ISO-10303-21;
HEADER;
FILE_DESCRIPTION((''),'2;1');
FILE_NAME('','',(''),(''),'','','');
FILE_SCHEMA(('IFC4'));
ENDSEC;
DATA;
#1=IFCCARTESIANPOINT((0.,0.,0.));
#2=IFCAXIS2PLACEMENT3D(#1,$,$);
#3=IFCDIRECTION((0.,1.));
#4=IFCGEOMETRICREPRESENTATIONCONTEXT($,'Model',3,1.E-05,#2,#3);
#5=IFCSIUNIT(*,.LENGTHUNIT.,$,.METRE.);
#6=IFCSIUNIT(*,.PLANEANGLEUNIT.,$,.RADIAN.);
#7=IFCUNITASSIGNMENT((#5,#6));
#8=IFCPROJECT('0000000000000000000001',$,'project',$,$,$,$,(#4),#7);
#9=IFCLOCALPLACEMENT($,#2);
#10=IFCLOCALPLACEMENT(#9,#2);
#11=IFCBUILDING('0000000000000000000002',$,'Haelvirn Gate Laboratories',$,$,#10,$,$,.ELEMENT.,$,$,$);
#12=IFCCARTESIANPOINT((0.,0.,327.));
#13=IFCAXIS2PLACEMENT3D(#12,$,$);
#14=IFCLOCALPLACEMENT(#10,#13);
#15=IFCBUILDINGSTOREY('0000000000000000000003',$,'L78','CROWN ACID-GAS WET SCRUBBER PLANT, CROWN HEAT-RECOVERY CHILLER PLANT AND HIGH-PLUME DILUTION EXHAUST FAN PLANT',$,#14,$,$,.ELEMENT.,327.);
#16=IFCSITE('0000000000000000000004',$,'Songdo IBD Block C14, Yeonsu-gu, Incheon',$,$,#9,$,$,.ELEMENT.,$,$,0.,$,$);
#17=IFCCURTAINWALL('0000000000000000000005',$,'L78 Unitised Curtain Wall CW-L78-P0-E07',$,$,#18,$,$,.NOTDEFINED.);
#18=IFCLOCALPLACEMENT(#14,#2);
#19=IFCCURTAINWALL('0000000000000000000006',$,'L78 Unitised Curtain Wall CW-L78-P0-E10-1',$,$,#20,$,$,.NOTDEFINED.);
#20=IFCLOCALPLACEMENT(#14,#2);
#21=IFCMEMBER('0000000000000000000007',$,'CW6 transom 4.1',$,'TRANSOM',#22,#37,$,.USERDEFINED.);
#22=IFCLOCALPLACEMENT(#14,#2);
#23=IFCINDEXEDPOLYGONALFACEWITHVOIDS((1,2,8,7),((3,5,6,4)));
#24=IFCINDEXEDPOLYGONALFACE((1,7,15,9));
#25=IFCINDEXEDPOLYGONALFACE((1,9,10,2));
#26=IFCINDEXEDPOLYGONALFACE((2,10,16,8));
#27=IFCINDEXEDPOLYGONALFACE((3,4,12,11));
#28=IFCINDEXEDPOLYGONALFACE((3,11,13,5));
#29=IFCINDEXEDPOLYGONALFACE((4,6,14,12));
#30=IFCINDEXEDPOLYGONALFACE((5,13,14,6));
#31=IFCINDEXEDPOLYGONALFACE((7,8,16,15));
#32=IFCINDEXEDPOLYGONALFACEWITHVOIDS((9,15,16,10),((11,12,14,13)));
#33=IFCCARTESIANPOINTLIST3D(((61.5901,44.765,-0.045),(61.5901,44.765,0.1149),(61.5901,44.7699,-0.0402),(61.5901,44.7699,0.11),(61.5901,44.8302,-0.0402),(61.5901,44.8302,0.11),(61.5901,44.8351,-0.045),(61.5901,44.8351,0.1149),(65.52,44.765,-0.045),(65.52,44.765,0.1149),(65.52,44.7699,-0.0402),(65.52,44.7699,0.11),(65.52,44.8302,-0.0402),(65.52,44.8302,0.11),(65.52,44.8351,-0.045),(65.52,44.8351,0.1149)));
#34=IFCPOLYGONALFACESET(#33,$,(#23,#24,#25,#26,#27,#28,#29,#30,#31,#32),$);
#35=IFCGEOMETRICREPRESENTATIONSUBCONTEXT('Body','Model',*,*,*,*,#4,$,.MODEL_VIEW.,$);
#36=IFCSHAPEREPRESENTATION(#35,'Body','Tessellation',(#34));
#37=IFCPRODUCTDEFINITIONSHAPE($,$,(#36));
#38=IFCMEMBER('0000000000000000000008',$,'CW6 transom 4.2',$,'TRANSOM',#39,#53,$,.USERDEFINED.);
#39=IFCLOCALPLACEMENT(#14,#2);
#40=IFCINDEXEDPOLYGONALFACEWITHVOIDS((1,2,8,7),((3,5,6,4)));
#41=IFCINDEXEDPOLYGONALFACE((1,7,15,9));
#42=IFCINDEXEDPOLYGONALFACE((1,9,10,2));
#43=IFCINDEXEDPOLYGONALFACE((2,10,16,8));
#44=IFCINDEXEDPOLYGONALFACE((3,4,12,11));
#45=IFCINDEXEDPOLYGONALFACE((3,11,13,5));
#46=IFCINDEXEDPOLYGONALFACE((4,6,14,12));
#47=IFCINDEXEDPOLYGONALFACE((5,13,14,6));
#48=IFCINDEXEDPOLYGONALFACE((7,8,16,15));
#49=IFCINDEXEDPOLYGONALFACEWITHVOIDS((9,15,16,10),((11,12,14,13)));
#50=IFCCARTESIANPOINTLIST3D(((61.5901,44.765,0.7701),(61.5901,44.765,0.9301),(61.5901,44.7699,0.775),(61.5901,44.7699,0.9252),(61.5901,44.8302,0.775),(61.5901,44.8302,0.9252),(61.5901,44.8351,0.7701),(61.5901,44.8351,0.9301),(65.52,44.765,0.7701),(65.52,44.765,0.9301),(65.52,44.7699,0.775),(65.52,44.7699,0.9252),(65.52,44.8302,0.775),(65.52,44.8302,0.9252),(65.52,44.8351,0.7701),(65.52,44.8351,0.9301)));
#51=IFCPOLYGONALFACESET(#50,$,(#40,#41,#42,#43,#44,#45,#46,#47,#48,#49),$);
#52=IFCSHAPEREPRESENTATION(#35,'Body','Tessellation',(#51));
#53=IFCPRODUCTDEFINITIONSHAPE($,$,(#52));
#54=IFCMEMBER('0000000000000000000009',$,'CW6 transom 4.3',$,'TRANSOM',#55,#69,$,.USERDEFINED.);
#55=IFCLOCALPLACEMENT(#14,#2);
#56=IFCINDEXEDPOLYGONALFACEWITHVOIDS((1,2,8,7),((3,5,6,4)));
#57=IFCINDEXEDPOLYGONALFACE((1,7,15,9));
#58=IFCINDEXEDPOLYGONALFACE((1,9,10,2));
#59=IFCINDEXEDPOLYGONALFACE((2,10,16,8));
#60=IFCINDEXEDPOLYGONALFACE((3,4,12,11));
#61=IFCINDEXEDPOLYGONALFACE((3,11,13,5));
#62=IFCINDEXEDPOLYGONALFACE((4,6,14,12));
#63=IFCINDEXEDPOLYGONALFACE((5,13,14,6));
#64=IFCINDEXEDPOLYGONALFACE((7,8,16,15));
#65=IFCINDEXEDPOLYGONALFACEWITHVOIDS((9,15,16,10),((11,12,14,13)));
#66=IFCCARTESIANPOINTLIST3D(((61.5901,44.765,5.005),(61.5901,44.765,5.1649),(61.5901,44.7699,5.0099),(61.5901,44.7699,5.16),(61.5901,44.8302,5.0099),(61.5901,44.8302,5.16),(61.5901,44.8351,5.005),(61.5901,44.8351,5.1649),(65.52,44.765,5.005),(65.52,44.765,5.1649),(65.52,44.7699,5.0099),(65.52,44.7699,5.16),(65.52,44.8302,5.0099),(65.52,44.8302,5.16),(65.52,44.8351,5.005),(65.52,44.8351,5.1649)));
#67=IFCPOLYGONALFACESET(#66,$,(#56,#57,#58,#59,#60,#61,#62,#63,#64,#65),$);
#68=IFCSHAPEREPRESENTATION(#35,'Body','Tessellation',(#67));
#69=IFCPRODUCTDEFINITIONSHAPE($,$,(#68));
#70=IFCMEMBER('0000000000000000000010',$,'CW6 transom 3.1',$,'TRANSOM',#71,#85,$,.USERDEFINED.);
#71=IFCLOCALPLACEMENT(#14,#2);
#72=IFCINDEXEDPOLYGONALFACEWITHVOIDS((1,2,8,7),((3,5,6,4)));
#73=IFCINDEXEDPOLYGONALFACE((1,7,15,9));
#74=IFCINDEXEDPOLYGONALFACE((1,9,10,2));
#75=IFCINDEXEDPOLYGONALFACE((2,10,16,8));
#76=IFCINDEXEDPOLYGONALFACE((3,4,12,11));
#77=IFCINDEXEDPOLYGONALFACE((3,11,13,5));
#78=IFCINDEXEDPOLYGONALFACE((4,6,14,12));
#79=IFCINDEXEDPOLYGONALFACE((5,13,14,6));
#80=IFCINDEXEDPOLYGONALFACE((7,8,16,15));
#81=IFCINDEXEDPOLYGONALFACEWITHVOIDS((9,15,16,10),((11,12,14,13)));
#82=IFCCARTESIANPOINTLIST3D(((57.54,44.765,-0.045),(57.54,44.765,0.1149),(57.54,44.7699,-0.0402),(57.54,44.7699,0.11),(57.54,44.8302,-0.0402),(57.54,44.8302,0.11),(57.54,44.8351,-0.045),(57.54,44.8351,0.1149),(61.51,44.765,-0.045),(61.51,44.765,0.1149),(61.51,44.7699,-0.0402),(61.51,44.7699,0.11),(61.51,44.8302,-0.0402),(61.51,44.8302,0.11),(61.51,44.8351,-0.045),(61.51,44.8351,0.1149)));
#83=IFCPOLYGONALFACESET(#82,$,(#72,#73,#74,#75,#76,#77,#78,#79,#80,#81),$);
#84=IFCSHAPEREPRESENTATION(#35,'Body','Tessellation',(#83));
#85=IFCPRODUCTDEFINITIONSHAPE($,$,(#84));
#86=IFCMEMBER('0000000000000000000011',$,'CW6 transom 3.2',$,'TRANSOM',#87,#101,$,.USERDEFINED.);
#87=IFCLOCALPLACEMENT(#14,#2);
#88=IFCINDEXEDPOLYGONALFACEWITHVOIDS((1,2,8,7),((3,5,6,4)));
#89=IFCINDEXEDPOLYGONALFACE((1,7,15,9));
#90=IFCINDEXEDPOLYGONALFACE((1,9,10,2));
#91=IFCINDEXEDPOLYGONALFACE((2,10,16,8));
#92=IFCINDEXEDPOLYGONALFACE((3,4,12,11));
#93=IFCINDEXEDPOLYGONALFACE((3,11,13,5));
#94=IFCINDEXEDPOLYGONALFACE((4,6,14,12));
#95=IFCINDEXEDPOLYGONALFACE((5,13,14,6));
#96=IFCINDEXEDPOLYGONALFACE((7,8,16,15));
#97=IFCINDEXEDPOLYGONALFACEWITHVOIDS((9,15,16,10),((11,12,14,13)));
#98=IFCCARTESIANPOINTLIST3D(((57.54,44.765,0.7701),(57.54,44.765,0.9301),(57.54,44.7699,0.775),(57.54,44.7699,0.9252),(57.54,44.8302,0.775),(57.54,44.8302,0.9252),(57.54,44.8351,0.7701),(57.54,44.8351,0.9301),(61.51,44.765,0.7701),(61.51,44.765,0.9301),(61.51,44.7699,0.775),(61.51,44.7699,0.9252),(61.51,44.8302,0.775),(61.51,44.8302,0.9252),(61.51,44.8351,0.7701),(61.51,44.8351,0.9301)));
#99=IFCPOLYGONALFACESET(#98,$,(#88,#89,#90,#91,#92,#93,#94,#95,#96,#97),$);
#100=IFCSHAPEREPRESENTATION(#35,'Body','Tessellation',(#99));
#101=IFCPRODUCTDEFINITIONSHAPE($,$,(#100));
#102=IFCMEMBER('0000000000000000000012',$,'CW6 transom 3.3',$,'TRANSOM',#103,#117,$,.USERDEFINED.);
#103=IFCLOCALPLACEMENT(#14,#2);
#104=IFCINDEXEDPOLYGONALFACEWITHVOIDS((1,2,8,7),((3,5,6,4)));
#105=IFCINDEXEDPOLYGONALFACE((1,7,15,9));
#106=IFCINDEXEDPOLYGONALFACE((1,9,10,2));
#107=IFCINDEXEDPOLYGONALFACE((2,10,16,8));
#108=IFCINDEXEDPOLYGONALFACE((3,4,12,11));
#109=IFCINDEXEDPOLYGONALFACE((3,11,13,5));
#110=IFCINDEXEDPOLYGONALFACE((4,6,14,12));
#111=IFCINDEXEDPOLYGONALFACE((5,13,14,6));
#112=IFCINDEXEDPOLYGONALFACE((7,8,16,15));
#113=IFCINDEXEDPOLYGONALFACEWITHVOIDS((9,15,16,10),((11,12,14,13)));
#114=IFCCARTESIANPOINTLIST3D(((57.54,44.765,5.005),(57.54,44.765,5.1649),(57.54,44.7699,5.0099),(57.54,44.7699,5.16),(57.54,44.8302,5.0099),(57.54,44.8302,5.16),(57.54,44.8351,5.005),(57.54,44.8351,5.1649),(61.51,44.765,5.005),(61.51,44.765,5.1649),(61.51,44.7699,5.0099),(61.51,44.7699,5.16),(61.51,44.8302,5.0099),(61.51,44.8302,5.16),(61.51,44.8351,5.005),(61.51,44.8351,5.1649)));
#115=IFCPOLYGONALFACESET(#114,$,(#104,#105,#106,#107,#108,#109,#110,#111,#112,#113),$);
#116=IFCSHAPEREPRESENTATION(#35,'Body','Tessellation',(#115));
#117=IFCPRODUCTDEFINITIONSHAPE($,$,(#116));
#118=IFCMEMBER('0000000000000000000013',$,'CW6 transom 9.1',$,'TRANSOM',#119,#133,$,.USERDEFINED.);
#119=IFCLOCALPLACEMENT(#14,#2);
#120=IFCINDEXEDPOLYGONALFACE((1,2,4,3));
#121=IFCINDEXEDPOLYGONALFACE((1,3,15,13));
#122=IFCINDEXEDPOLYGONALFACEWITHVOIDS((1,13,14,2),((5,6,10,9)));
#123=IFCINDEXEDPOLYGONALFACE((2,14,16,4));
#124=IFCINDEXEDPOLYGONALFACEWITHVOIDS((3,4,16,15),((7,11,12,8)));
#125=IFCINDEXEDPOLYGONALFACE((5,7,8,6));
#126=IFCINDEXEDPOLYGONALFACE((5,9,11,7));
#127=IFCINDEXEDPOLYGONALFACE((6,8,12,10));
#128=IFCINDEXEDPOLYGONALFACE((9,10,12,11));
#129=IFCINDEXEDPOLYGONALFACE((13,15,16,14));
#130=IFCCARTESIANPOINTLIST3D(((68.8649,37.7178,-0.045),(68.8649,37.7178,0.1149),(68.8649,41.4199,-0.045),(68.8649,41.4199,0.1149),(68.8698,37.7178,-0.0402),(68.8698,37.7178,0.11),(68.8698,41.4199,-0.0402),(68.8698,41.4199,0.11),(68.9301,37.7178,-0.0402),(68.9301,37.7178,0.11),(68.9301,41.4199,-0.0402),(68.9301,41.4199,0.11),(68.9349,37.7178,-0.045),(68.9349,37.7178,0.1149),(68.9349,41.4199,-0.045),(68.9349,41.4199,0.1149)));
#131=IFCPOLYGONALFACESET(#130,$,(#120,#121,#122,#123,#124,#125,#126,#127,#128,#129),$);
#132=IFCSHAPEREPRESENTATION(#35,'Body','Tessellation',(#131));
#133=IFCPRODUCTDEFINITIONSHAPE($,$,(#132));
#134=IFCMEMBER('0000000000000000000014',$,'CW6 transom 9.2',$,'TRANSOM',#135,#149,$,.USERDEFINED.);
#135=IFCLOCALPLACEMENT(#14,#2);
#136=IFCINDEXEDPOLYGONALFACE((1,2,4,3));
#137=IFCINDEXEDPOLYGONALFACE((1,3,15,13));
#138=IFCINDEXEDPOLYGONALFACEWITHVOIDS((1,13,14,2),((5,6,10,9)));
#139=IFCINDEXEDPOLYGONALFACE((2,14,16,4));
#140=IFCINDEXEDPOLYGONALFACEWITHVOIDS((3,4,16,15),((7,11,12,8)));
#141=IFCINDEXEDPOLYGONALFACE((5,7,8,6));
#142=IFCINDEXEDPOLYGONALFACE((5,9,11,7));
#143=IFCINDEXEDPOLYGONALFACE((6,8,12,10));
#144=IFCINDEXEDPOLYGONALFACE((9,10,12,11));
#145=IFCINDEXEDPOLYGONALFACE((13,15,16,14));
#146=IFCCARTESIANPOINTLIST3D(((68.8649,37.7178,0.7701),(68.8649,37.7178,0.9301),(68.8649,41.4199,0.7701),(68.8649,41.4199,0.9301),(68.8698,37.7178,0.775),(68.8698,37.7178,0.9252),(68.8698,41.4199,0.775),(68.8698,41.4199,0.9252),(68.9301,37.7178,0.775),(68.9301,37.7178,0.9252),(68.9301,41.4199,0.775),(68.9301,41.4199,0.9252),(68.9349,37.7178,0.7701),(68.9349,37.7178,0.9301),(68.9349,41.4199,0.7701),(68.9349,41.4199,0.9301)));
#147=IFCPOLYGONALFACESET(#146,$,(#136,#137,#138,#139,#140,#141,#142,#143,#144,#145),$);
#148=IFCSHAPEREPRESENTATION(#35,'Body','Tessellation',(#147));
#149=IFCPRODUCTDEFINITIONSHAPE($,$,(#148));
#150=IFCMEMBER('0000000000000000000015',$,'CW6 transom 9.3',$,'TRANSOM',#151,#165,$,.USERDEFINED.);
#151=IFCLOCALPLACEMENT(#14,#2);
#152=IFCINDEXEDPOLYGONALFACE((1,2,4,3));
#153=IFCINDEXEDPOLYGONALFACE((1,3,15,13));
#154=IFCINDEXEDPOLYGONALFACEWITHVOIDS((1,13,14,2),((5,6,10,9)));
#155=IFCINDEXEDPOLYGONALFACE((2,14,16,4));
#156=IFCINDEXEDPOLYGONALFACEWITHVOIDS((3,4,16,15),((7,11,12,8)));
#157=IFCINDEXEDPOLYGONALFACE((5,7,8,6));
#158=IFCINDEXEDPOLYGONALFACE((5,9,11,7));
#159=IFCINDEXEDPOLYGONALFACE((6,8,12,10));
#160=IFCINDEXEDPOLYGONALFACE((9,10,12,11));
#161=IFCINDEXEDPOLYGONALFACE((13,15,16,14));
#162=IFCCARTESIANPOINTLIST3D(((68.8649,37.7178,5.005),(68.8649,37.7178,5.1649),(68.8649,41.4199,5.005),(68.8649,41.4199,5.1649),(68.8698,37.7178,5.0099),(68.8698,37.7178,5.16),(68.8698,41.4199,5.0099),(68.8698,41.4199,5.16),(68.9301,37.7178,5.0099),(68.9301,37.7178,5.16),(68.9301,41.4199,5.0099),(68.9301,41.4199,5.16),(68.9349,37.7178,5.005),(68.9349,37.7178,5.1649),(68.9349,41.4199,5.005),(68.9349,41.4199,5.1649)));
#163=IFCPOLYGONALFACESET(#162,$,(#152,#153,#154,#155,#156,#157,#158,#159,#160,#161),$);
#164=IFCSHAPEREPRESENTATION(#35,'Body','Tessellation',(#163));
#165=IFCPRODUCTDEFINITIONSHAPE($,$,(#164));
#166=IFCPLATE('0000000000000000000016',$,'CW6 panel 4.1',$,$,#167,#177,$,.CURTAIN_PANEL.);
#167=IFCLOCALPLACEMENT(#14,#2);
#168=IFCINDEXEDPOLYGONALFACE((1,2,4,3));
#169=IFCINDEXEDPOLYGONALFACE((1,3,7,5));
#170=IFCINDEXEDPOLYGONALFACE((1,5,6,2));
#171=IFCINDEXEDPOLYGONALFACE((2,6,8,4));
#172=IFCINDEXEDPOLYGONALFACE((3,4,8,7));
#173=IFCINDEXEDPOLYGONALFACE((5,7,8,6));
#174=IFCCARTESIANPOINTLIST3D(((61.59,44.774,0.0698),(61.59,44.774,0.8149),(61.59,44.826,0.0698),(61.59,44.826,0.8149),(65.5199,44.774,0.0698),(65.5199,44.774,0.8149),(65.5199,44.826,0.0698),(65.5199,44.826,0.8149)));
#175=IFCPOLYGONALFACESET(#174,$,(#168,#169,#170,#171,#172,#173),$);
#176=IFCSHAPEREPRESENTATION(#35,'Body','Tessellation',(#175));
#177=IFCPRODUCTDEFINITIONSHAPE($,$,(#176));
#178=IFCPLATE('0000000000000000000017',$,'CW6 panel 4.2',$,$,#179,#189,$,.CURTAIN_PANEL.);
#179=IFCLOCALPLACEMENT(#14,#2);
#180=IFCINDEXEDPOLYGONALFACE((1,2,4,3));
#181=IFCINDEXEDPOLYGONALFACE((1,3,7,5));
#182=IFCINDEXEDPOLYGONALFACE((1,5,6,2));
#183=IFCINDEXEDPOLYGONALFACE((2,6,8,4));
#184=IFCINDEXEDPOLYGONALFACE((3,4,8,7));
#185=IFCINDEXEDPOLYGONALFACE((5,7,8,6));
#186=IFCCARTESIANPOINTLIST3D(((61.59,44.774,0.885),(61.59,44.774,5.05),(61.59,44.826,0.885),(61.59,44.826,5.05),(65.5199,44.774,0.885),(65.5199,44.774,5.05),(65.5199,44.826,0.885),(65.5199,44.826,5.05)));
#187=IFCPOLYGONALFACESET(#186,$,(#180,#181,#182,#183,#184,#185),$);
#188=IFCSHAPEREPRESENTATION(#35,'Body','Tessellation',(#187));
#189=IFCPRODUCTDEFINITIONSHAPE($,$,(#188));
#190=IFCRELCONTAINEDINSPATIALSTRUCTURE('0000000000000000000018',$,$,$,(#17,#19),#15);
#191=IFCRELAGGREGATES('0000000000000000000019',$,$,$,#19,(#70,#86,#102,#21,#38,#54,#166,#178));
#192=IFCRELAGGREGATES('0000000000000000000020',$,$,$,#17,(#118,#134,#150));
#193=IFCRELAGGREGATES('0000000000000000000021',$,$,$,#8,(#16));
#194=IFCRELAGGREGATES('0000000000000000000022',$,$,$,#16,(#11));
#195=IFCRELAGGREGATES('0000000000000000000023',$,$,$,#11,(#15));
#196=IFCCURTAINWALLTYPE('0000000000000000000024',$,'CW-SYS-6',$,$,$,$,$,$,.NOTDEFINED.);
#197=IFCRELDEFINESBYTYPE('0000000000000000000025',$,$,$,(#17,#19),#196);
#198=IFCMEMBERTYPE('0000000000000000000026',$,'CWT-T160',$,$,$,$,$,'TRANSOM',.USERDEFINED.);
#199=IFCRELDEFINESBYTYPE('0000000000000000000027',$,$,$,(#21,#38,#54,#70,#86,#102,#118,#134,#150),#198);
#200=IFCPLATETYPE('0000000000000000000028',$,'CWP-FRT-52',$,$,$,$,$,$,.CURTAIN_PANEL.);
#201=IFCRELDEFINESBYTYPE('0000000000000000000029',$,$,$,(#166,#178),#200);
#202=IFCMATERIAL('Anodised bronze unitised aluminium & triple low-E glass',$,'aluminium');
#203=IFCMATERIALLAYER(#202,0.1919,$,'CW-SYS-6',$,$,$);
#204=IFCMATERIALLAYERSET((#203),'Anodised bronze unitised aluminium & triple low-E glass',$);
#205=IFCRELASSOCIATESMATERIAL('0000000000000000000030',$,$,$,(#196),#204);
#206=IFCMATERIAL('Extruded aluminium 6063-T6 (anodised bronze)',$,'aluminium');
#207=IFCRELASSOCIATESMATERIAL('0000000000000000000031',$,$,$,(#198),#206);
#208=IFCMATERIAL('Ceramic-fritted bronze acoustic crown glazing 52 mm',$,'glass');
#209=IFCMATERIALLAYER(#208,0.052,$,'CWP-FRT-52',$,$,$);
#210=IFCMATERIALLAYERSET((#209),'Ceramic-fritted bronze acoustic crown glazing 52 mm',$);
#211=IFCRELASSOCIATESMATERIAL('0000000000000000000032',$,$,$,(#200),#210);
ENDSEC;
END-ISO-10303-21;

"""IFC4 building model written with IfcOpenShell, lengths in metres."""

from ifc_helpers import new_model, si_unit, direction, frame, origin, origin_2d, place, context, subcontext, project, spatial, rectangle, hollow_rectangle, extrude, source, transform, mapped, material, layer, layer_set, material_profile, profile_set, type_object, type_shapes, element, aggregate, save


model = new_model("IFC4")

# Units and contexts
model_context = context("Model", 3, precision=1e-05, world=origin(), true_north=direction((0.0, 1.0)))
body_context = subcontext(model_context, "Body", "Model", "MODEL_VIEW")
ifc_project = project(units=[si_unit("LENGTHUNIT", "METRE"), si_unit("PLANEANGLEUNIT", "RADIAN")], contexts=[model_context])

# Site, building, storey
site_placement = place(None, origin())
site = spatial("IfcSite", under=ifc_project, at=site_placement, Name="Songdo IBD Block C14, Yeonsu-gu, Incheon", CompositionType="ELEMENT", RefElevation=0.0)
building_placement = place(site_placement, origin())
building = spatial("IfcBuilding", under=site, at=building_placement, Name="Haelvirn Gate Laboratories", CompositionType="ELEMENT")
storey_placement = place(building_placement, frame((0.0, 0.0, 327.0)))
storey = spatial("IfcBuildingStorey", under=building, at=storey_placement, Name="L78", Description="CROWN ACID-GAS WET SCRUBBER PLANT, CROWN HEAT-RECOVERY CHILLER PLANT AND HIGH-PLUME DILUTION EXHAUST FAN PLANT", CompositionType="ELEMENT", Elevation=327.0)

# Curtain wall
ifc_material_1 = material(Name="Anodised bronze unitised aluminium & triple low-E glass", Category="aluminium")
ifc_material_2 = material(Name="Extruded aluminium 6063-T6 (anodised bronze)", Category="aluminium")
ifc_layer_1 = layer(ifc_material_1, 0.1919, Name="CW-SYS-6")
ifc_layer_set_1 = layer_set([ifc_layer_1], Name="Anodised bronze unitised aluminium & triple low-E glass")
curtain_wall_type_1 = type_object("IfcCurtainWallType", Name="CW-SYS-6", PredefinedType="NOTDEFINED", material=ifc_layer_set_1)
curtain_wall_1_placement = place(storey_placement, origin())
curtain_wall_1 = element("IfcCurtainWall", 1, at=curtain_wall_1_placement, inside=storey, type_object=curtain_wall_type_1, Name="L78 Unitised Curtain Wall CW-L78-P0-E07", PredefinedType="NOTDEFINED")

# Curtain wall, members
curtain_wall_2_placement = place(storey_placement, origin())
curtain_wall_2 = element("IfcCurtainWall", 2, at=curtain_wall_2_placement, inside=storey, type_object=curtain_wall_type_1, Name="L78 Unitised Curtain Wall CW-L78-P0-E10-1", PredefinedType="NOTDEFINED")
ifc_material_profile_1 = material_profile(ifc_material_2, hollow_rectangle(XDim=0.0701, YDim=0.1599, WallThickness=0.0049, at=origin_2d()), Name="CWT-160x70x5")
ifc_profile_set_1 = profile_set([ifc_material_profile_1], Name="Extruded aluminium 6063-T6 (anodised bronze)")
member_type_1 = type_object("IfcMemberType", Name="CWT-T160", ElementType="TRANSOM", PredefinedType="USERDEFINED", material=ifc_profile_set_1)
shared_shape_1 = source(origin(), body_context, "Body", "SweptSolid", [
    extrude(hollow_rectangle(XDim=0.0701, YDim=0.1599, WallThickness=0.0049, at=origin_2d()), origin(), (0.0, 0.0, 1.0), 3.9299),
])
member_1_placement = place(storey_placement, frame((61.5901, 44.8, 0.0349), z_axis=(1.0, 0.0, 0.0), x_axis=(0.0, 1.0, 0.0)))
member_1 = element("IfcMember", 3, at=member_1_placement, type_object=member_type_1, Name="CW6 transom 4.1", ObjectType="TRANSOM", PredefinedType="USERDEFINED", context=body_context, shape_type="MappedRepresentation", body=[
    mapped(shared_shape_1, transform((0.0, 0.0, 0.0), scale=1.0)),
])
member_2_placement = place(storey_placement, frame((61.5901, 44.8, 0.8501), z_axis=(1.0, 0.0, 0.0), x_axis=(0.0, 1.0, 0.0)))
member_2 = element("IfcMember", 4, at=member_2_placement, type_object=member_type_1, Name="CW6 transom 4.2", ObjectType="TRANSOM", PredefinedType="USERDEFINED", context=body_context, shape_type="MappedRepresentation", body=[
    mapped(shared_shape_1, transform((0.0, 0.0, 0.0), scale=1.0)),
])
member_3_placement = place(storey_placement, frame((61.5901, 44.8, 5.085), z_axis=(1.0, 0.0, 0.0), x_axis=(0.0, 1.0, 0.0)))
member_3 = element("IfcMember", 5, at=member_3_placement, type_object=member_type_1, Name="CW6 transom 4.3", ObjectType="TRANSOM", PredefinedType="USERDEFINED", context=body_context, shape_type="MappedRepresentation", body=[
    mapped(shared_shape_1, transform((0.0, 0.0, 0.0), scale=1.0)),
])
shared_shape_2 = source(origin(), body_context, "Body", "SweptSolid", [
    extrude(hollow_rectangle(XDim=0.0701, YDim=0.1599, WallThickness=0.0049, at=origin_2d()), origin(), (0.0, 0.0, 1.0), 3.97),
])
member_4_placement = place(storey_placement, frame((57.54, 44.8, 0.0349), z_axis=(1.0, 0.0, 0.0), x_axis=(0.0, 1.0, 0.0)))
member_4 = element("IfcMember", 6, at=member_4_placement, type_object=member_type_1, Name="CW6 transom 3.1", ObjectType="TRANSOM", PredefinedType="USERDEFINED", context=body_context, shape_type="MappedRepresentation", body=[
    mapped(shared_shape_2, transform((0.0, 0.0, 0.0), scale=1.0)),
])
member_5_placement = place(storey_placement, frame((57.54, 44.8, 0.8501), z_axis=(1.0, 0.0, 0.0), x_axis=(0.0, 1.0, 0.0)))
member_5 = element("IfcMember", 7, at=member_5_placement, type_object=member_type_1, Name="CW6 transom 3.2", ObjectType="TRANSOM", PredefinedType="USERDEFINED", context=body_context, shape_type="MappedRepresentation", body=[
    mapped(shared_shape_2, transform((0.0, 0.0, 0.0), scale=1.0)),
])
member_6_placement = place(storey_placement, frame((57.54, 44.8, 5.085), z_axis=(1.0, 0.0, 0.0), x_axis=(0.0, 1.0, 0.0)))
member_6 = element("IfcMember", 8, at=member_6_placement, type_object=member_type_1, Name="CW6 transom 3.3", ObjectType="TRANSOM", PredefinedType="USERDEFINED", context=body_context, shape_type="MappedRepresentation", body=[
    mapped(shared_shape_2, transform((0.0, 0.0, 0.0), scale=1.0)),
])

# Members
shared_shape_3 = source(origin(), body_context, "Body", "SweptSolid", [
    extrude(hollow_rectangle(XDim=0.0701, YDim=0.1599, WallThickness=0.0049, at=origin_2d()), origin(), (0.0, 0.0, 1.0), 3.7021),
])
type_shapes(member_type_1, [shared_shape_1, shared_shape_2, shared_shape_3])
member_7_placement = place(storey_placement, frame((68.8999, 37.7178, 0.0349), z_axis=(0.0, 1.0, 0.0), x_axis=(-1.0, 0.0, 0.0)))
member_7 = element("IfcMember", 9, at=member_7_placement, type_object=member_type_1, Name="CW6 transom 9.1", ObjectType="TRANSOM", PredefinedType="USERDEFINED", context=body_context, shape_type="MappedRepresentation", body=[
    mapped(shared_shape_3, transform((0.0, 0.0, 0.0), scale=1.0)),
])
member_8_placement = place(storey_placement, frame((68.8999, 37.7178, 0.8501), z_axis=(0.0, 1.0, 0.0), x_axis=(-1.0, 0.0, 0.0)))
member_8 = element("IfcMember", 10, at=member_8_placement, type_object=member_type_1, Name="CW6 transom 9.2", ObjectType="TRANSOM", PredefinedType="USERDEFINED", context=body_context, shape_type="MappedRepresentation", body=[
    mapped(shared_shape_3, transform((0.0, 0.0, 0.0), scale=1.0)),
])
member_9_placement = place(storey_placement, frame((68.8999, 37.7178, 5.085), z_axis=(0.0, 1.0, 0.0), x_axis=(-1.0, 0.0, 0.0)))
member_9 = element("IfcMember", 11, at=member_9_placement, type_object=member_type_1, Name="CW6 transom 9.3", ObjectType="TRANSOM", PredefinedType="USERDEFINED", context=body_context, shape_type="MappedRepresentation", body=[
    mapped(shared_shape_3, transform((0.0, 0.0, 0.0), scale=1.0)),
])

# Plates
ifc_material_3 = material(Name="Ceramic-fritted bronze acoustic crown glazing 52 mm", Category="glass")
ifc_layer_2 = layer(ifc_material_3, 0.052, Name="CWP-FRT-52")
ifc_layer_set_2 = layer_set([ifc_layer_2], Name="Ceramic-fritted bronze acoustic crown glazing 52 mm")
plate_type_1 = type_object("IfcPlateType", Name="CWP-FRT-52", PredefinedType="CURTAIN_PANEL", material=ifc_layer_set_2)
shared_shape_4 = source(origin(), body_context, "Body", "SweptSolid", [
    extrude(rectangle(XDim=3.9299, YDim=0.052, at=origin_2d()), origin(), (0.0, 0.0, 1.0), 0.7451),
])
plate_1_placement = place(storey_placement, frame((63.5549, 44.8, 0.0698), z_axis=(0.0, 0.0, 1.0), x_axis=(1.0, 0.0, 0.0)))
plate_1 = element("IfcPlate", 12, at=plate_1_placement, type_object=plate_type_1, Name="CW6 panel 4.1", PredefinedType="CURTAIN_PANEL", context=body_context, shape_type="MappedRepresentation", body=[
    mapped(shared_shape_4, transform((0.0, 0.0, 0.0), scale=1.0)),
])
shared_shape_5 = source(origin(), body_context, "Body", "SweptSolid", [
    extrude(rectangle(XDim=3.9299, YDim=0.052, at=origin_2d()), origin(), (0.0, 0.0, 1.0), 4.165),
])
plate_2_placement = place(storey_placement, frame((63.5549, 44.8, 0.885), z_axis=(0.0, 0.0, 1.0), x_axis=(1.0, 0.0, 0.0)))
plate_2 = element("IfcPlate", 13, at=plate_2_placement, type_object=plate_type_1, Name="CW6 panel 4.2", PredefinedType="CURTAIN_PANEL", context=body_context, shape_type="MappedRepresentation", body=[
    mapped(shared_shape_5, transform((0.0, 0.0, 0.0), scale=1.0)),
])
aggregate(curtain_wall_2, [member_4, member_5, member_6, member_1, member_2, member_3, plate_1, plate_2])
aggregate(curtain_wall_1, [member_7, member_8, member_9])

save(model, "model.ifc")
